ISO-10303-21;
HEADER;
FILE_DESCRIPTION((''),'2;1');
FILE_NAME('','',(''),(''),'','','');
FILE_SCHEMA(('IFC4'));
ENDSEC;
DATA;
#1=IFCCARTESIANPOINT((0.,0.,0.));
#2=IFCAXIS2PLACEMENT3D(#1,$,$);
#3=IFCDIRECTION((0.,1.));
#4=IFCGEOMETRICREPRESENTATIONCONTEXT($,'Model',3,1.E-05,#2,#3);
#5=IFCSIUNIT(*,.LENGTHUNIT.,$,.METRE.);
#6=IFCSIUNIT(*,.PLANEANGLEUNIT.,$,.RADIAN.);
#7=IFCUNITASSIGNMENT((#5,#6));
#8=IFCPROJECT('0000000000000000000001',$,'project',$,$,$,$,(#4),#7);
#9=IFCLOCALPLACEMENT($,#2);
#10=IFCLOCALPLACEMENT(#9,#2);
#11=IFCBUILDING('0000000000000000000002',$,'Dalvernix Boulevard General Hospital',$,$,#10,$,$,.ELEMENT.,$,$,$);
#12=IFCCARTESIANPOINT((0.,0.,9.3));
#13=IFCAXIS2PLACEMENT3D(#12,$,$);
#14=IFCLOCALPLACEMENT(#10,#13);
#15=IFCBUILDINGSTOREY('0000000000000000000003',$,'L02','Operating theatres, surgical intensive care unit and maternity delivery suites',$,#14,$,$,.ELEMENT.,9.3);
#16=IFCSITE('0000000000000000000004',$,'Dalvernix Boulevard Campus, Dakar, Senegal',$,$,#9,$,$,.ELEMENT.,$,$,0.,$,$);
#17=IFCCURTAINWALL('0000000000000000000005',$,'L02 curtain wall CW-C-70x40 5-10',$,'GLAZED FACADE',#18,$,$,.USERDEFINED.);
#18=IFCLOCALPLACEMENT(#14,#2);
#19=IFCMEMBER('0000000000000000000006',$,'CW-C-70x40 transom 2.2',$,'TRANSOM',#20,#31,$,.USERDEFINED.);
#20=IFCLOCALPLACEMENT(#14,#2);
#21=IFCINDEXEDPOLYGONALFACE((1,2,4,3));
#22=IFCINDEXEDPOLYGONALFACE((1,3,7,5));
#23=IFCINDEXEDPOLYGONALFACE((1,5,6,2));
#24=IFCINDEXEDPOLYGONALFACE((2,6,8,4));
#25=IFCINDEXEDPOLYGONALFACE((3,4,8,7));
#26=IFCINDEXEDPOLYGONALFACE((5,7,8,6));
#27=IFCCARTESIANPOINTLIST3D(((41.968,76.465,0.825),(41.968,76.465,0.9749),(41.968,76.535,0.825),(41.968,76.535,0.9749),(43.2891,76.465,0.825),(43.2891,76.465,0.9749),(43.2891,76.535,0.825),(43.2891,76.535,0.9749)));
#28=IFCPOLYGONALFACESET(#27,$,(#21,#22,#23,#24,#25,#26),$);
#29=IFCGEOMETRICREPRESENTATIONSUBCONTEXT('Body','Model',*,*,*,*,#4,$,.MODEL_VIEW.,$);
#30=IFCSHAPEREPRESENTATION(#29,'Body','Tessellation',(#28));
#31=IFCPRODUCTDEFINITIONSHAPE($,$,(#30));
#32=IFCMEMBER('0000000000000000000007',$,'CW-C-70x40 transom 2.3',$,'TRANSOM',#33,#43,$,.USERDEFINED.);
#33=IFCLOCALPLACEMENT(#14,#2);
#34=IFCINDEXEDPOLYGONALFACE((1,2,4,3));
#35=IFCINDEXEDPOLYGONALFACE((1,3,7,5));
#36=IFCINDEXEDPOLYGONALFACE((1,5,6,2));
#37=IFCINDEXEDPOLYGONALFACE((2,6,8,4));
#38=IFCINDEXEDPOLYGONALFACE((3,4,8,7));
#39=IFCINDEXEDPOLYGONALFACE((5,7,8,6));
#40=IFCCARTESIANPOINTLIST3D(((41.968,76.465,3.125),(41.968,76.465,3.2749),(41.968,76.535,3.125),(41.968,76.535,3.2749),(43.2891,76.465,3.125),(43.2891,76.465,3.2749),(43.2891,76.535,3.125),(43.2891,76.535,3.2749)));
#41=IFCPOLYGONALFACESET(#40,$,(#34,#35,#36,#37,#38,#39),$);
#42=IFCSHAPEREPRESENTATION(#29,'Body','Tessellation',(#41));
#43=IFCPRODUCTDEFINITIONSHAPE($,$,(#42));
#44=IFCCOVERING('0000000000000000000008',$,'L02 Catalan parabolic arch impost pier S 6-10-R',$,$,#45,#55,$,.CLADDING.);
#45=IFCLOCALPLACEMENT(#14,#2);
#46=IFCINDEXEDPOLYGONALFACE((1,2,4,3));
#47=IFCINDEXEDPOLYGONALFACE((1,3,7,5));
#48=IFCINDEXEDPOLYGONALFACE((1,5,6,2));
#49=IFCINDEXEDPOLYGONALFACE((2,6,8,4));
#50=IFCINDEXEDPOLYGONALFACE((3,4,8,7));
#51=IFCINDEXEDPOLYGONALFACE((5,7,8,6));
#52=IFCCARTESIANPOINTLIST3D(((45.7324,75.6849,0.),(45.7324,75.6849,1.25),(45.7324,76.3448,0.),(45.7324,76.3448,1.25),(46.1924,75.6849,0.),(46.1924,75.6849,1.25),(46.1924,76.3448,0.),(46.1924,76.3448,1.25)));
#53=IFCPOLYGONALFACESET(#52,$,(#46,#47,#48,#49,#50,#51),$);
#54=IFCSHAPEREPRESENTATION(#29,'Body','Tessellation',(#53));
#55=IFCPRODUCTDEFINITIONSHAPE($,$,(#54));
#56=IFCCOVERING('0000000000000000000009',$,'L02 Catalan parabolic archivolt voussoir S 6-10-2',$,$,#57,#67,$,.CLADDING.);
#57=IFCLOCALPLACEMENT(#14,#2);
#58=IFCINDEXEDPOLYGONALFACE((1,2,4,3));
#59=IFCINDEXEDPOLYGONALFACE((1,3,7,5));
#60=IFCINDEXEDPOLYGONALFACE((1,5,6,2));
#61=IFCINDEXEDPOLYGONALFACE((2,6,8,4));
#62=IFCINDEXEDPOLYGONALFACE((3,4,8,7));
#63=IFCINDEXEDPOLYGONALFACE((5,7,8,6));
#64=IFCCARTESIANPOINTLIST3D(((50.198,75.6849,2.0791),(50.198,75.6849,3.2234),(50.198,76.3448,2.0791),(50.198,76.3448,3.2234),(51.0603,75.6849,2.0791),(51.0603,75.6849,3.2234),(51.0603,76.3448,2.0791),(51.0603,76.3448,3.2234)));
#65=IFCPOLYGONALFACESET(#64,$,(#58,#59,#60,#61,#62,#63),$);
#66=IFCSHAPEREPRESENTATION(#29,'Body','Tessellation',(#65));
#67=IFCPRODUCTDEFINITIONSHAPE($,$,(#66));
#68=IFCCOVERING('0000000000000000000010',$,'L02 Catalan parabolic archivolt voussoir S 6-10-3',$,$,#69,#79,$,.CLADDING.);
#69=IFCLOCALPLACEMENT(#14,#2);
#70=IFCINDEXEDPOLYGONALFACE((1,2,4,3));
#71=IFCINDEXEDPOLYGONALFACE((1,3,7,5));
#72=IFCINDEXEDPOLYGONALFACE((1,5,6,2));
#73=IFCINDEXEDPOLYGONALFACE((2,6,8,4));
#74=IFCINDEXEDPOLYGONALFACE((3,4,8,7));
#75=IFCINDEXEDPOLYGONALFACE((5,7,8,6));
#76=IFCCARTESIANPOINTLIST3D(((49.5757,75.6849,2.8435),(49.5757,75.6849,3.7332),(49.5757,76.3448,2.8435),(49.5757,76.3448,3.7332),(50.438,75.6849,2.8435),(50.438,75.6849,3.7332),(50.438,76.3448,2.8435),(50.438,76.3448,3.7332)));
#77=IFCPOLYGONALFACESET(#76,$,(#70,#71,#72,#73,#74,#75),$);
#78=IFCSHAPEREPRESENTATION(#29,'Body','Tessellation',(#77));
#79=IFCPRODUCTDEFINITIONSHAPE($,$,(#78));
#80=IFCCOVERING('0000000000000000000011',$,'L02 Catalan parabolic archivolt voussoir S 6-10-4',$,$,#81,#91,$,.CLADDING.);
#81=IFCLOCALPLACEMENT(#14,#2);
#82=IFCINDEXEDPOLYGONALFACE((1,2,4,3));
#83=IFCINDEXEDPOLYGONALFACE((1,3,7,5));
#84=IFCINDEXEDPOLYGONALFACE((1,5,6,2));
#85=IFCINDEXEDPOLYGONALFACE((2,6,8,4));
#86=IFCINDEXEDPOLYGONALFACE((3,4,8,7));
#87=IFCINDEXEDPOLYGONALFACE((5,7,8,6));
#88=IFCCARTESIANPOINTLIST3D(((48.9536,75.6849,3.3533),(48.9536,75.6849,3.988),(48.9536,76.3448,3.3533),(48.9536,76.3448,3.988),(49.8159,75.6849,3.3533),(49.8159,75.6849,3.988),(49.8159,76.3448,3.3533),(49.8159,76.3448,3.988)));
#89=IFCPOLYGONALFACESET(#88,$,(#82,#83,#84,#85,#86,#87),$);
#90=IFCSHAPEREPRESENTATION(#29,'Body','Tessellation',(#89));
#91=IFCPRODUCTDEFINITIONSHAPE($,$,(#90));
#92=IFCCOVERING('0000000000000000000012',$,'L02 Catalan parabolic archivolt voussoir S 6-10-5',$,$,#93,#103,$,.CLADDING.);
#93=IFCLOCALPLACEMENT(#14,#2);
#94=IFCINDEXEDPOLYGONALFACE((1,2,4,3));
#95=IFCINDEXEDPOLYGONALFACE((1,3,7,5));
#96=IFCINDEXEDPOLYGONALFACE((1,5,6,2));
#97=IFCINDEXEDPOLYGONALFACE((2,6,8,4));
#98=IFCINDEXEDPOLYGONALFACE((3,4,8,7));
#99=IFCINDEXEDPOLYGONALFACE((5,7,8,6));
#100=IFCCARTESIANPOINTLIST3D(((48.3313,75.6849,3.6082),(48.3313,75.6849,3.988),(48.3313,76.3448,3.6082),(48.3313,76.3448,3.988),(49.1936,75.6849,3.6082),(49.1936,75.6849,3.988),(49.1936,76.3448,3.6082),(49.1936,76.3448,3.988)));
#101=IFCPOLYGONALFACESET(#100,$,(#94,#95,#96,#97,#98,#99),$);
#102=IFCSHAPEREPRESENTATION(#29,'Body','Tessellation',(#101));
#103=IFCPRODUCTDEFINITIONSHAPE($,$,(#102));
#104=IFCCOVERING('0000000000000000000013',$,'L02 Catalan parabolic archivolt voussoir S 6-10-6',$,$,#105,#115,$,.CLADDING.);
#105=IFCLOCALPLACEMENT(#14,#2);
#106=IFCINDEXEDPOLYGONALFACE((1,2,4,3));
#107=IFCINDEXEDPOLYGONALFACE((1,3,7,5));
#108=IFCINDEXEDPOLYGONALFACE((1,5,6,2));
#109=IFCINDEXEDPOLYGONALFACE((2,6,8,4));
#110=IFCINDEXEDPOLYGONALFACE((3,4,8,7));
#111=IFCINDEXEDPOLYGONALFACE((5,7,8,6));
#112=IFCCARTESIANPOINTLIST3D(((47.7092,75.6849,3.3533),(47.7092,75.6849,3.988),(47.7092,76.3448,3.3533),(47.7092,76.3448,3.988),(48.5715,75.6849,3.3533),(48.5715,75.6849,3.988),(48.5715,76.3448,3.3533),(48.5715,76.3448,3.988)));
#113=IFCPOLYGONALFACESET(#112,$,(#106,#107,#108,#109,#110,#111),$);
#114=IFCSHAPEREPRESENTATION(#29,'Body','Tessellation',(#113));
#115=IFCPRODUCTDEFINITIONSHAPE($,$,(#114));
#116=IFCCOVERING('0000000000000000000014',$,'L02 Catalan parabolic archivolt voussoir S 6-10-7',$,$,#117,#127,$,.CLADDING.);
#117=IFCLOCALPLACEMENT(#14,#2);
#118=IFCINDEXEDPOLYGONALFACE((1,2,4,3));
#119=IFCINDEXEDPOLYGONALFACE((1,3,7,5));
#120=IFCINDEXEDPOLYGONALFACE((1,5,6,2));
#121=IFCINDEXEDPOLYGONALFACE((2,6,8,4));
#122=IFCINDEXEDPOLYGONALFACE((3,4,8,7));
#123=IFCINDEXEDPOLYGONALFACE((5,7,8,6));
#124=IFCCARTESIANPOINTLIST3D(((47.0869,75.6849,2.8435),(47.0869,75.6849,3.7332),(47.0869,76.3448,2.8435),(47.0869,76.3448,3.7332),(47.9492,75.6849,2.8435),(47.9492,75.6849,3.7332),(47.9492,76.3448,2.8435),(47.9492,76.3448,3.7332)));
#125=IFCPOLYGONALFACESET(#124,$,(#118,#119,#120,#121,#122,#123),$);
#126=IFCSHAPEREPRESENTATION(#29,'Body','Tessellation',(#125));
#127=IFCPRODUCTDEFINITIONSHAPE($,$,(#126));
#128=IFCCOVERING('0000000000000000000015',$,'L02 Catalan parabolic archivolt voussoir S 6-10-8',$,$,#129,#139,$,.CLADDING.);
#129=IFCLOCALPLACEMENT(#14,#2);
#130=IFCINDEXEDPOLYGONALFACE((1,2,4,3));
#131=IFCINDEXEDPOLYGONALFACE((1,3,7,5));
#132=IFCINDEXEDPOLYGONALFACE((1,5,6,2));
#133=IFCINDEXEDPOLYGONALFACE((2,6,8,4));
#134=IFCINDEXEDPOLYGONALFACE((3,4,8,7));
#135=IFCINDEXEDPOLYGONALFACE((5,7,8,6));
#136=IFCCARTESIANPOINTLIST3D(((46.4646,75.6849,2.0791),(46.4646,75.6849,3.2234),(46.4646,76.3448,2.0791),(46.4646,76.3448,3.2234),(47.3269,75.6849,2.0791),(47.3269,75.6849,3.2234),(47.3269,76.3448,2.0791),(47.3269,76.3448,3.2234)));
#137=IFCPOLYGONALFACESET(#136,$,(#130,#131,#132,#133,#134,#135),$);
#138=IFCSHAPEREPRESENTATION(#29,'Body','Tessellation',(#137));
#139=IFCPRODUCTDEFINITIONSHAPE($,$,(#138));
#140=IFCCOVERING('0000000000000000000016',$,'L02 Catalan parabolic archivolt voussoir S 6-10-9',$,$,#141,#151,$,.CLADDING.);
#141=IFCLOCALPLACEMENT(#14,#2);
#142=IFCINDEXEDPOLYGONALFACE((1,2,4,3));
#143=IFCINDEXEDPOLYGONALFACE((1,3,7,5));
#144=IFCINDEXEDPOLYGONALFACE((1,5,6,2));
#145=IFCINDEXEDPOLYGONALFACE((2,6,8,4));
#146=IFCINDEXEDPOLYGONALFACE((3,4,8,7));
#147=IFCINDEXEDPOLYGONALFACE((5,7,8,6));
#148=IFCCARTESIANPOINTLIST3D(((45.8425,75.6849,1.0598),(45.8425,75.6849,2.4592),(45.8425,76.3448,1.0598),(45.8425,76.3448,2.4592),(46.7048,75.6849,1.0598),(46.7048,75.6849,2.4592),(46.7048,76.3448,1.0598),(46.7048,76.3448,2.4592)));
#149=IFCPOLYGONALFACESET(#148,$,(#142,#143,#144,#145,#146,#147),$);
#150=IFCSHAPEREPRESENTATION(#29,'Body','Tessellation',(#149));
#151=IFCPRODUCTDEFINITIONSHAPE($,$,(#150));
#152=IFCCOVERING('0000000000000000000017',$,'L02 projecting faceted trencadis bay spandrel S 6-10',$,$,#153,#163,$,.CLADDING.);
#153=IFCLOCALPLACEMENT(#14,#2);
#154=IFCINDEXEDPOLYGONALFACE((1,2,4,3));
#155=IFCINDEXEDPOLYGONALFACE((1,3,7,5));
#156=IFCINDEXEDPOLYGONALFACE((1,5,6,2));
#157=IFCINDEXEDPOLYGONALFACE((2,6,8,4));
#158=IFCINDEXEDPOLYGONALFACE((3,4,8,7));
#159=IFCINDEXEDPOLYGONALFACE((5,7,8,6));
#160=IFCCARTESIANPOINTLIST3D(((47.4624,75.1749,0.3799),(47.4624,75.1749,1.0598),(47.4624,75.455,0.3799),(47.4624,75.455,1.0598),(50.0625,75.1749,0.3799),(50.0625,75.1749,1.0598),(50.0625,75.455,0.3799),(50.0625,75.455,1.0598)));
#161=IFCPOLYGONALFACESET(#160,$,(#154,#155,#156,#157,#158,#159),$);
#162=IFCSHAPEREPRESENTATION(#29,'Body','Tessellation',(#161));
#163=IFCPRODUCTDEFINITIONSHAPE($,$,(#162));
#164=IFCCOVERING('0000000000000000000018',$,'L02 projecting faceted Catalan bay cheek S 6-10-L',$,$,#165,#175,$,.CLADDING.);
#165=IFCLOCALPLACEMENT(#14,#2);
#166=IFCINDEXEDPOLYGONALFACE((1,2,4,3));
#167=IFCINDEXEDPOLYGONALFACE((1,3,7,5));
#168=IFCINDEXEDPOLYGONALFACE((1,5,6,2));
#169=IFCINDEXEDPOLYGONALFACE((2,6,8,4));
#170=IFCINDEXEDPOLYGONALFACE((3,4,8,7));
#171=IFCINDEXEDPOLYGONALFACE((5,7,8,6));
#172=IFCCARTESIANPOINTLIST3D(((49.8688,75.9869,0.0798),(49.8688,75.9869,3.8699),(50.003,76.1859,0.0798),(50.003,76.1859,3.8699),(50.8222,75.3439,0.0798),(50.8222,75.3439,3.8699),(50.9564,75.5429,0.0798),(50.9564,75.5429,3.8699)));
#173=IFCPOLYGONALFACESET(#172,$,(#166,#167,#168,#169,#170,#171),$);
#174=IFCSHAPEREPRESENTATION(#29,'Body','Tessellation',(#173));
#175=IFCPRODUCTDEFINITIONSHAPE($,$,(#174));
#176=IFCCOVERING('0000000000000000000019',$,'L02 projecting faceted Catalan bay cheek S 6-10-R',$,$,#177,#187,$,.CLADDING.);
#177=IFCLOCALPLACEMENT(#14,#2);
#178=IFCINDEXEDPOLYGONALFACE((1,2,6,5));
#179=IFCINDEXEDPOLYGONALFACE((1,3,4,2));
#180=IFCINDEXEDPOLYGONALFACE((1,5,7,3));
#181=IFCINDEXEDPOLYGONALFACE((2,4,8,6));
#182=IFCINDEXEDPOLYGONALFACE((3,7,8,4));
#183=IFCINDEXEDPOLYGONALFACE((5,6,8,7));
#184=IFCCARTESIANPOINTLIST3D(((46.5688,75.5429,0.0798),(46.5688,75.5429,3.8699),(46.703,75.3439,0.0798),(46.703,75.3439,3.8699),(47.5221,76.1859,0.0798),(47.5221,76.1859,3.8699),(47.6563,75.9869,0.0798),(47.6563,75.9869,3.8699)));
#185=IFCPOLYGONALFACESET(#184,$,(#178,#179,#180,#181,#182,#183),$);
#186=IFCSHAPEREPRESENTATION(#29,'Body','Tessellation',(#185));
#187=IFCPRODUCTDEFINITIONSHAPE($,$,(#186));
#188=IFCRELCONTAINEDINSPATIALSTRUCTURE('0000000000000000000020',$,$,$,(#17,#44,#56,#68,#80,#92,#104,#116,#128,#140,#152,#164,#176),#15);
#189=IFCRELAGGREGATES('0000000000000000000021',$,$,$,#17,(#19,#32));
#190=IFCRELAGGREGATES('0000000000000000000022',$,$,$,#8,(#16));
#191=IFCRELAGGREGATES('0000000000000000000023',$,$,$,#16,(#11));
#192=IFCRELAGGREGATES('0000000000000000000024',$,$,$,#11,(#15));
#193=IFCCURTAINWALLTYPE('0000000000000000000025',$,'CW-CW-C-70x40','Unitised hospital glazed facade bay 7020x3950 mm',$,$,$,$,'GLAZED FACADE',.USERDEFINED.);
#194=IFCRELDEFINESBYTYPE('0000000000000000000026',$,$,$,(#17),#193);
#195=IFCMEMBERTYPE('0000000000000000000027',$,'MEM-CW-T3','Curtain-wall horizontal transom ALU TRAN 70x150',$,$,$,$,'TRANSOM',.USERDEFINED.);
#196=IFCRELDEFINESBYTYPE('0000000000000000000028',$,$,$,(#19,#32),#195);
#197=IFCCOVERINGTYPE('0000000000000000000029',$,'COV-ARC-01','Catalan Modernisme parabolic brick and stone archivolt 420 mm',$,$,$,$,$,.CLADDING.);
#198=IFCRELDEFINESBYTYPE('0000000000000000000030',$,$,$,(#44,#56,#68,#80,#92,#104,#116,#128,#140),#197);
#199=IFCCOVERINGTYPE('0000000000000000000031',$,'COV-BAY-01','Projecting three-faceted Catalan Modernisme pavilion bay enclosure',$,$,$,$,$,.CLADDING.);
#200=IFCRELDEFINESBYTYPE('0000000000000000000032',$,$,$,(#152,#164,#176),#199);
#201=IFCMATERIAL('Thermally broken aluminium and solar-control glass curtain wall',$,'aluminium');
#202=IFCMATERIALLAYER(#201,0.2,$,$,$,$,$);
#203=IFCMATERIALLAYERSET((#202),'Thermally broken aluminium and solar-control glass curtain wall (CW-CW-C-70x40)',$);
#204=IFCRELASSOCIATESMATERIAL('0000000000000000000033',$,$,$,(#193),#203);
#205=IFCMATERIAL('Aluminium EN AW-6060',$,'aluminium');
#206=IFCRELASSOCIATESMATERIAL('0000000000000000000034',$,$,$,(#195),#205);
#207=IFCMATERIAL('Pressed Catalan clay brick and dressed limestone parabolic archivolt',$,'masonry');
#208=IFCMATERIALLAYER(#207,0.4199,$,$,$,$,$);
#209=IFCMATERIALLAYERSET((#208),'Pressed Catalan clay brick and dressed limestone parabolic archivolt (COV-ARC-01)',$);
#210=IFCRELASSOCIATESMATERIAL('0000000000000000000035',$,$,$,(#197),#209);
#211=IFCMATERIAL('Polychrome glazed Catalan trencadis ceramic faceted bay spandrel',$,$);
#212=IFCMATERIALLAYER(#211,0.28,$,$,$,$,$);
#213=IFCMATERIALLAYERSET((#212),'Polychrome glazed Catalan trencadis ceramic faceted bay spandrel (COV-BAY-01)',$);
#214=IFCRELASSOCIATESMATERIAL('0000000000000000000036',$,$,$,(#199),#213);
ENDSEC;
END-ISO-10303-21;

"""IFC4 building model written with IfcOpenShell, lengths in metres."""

from ifc_helpers import new_model, si_unit, direction, frame, origin, origin_2d, place, context, subcontext, project, spatial, rectangle, extrude, material, layer, layer_set, material_profile, profile_set, type_object, element, aggregate, save


model = new_model("IFC4")

# Units and contexts
model_context = context("Model", 3, precision=1e-05, world=origin(), true_north=direction((0.0, 1.0)))
body_context = subcontext(model_context, "Body", "Model", "MODEL_VIEW")
ifc_project = project(units=[si_unit("LENGTHUNIT", "METRE"), si_unit("PLANEANGLEUNIT", "RADIAN")], contexts=[model_context])

# Site, building, storey
site_placement = place(None, origin())
site = spatial("IfcSite", under=ifc_project, at=site_placement, Name="Dalvernix Boulevard Campus, Dakar, Senegal", CompositionType="ELEMENT", RefElevation=0.0)
building_placement = place(site_placement, origin())
building = spatial("IfcBuilding", under=site, at=building_placement, Name="Dalvernix Boulevard General Hospital", CompositionType="ELEMENT")
storey_placement = place(building_placement, frame((0.0, 0.0, 9.3)))
storey = spatial("IfcBuildingStorey", under=building, at=storey_placement, Name="L02", Description="Operating theatres, surgical intensive care unit and maternity delivery suites", CompositionType="ELEMENT", Elevation=9.3)

# Curtain wall, members
ifc_material_1 = material(Name="Thermally broken aluminium and solar-control glass curtain wall", Category="aluminium")
ifc_layer_1 = layer(ifc_material_1, 0.2)
ifc_layer_set_1 = layer_set([ifc_layer_1], Name="Thermally broken aluminium and solar-control glass curtain wall (CW-CW-C-70x40)")
curtain_wall_type = type_object("IfcCurtainWallType", Name="CW-CW-C-70x40", Description="Unitised hospital glazed facade bay 7020x3950 mm", ElementType="GLAZED FACADE", PredefinedType="USERDEFINED", material=ifc_layer_set_1)
curtain_wall_placement = place(storey_placement, origin())
curtain_wall = element("IfcCurtainWall", 1, at=curtain_wall_placement, inside=storey, type_object=curtain_wall_type, Name="L02 curtain wall CW-C-70x40 5-10", ObjectType="GLAZED FACADE", PredefinedType="USERDEFINED")
ifc_material_2 = material(Name="Aluminium EN AW-6060", Category="aluminium")
ifc_material_profile = material_profile(ifc_material_2, rectangle(XDim=0.0701, YDim=0.1499, at=origin_2d()), Name="ALU TRAN 70x150")
ifc_profile_set = profile_set([ifc_material_profile], Name="Aluminium EN AW-6060")
member_type = type_object("IfcMemberType", Name="MEM-CW-T3", Description="Curtain-wall horizontal transom ALU TRAN 70x150", ElementType="TRANSOM", PredefinedType="USERDEFINED", material=ifc_profile_set)
member_1_placement = place(storey_placement, frame((43.2891, 76.5, 0.8999), z_axis=(-1.0, 0.0, 0.0), x_axis=(0.0, -1.0, 0.0)))
member_1 = element("IfcMember", 2, at=member_1_placement, type_object=member_type, Name="CW-C-70x40 transom 2.2", ObjectType="TRANSOM", PredefinedType="USERDEFINED", context=body_context, shape_type="SweptSolid", body=[
    extrude(rectangle(XDim=0.0701, YDim=0.1499, at=origin_2d()), origin(), (0.0, 0.0, 1.0), 1.321),
])
member_2_placement = place(storey_placement, frame((43.2891, 76.5, 3.2), z_axis=(-1.0, 0.0, 0.0), x_axis=(0.0, -1.0, 0.0)))
member_2 = element("IfcMember", 3, at=member_2_placement, type_object=member_type, Name="CW-C-70x40 transom 2.3", ObjectType="TRANSOM", PredefinedType="USERDEFINED", context=body_context, shape_type="SweptSolid", body=[
    extrude(rectangle(XDim=0.0701, YDim=0.1499, at=origin_2d()), origin(), (0.0, 0.0, 1.0), 1.321),
])
aggregate(curtain_wall, [member_1, member_2])

# Coverings
ifc_material_3 = material(Name="Pressed Catalan clay brick and dressed limestone parabolic archivolt", Category="masonry")
ifc_layer_2 = layer(ifc_material_3, 0.4199)
ifc_layer_set_2 = layer_set([ifc_layer_2], Name="Pressed Catalan clay brick and dressed limestone parabolic archivolt (COV-ARC-01)")
covering_type_1 = type_object("IfcCoveringType", Name="COV-ARC-01", Description="Catalan Modernisme parabolic brick and stone archivolt 420 mm", PredefinedType="CLADDING", material=ifc_layer_set_2)
covering_1_placement = place(storey_placement, frame((45.9624, 76.0149, 0.0), z_axis=(0.0, 0.0, 1.0), x_axis=(-1.0, 0.0, 0.0)))
element("IfcCovering", 4, at=covering_1_placement, inside=storey, type_object=covering_type_1, Name="L02 Catalan parabolic arch impost pier S 6-10-R", PredefinedType="CLADDING", context=body_context, shape_type="SweptSolid", body=[
    extrude(rectangle(XDim=0.46, YDim=0.6599, at=origin_2d()), origin(), (0.0, 0.0, 1.0), 1.25),
])
covering_2_placement = place(storey_placement, frame((50.6292, 76.0149, 2.0791), z_axis=(0.0, 0.0, 1.0), x_axis=(-1.0, 0.0, 0.0)))
element("IfcCovering", 5, at=covering_2_placement, inside=storey, type_object=covering_type_1, Name="L02 Catalan parabolic archivolt voussoir S 6-10-2", PredefinedType="CLADDING", context=body_context, shape_type="SweptSolid", body=[
    extrude(rectangle(XDim=0.8623, YDim=0.6599, at=origin_2d()), origin(), (0.0, 0.0, 1.0), 1.1443),
])
covering_3_placement = place(storey_placement, frame((50.0068, 76.0149, 2.8435), z_axis=(0.0, 0.0, 1.0), x_axis=(-1.0, 0.0, 0.0)))
element("IfcCovering", 6, at=covering_3_placement, inside=storey, type_object=covering_type_1, Name="L02 Catalan parabolic archivolt voussoir S 6-10-3", PredefinedType="CLADDING", context=body_context, shape_type="SweptSolid", body=[
    extrude(rectangle(XDim=0.8623, YDim=0.6599, at=origin_2d()), origin(), (0.0, 0.0, 1.0), 0.8896),
])
covering_4_placement = place(storey_placement, frame((49.3848, 76.0149, 3.3533), z_axis=(0.0, 0.0, 1.0), x_axis=(-1.0, 0.0, 0.0)))
element("IfcCovering", 7, at=covering_4_placement, inside=storey, type_object=covering_type_1, Name="L02 Catalan parabolic archivolt voussoir S 6-10-4", PredefinedType="CLADDING", context=body_context, shape_type="SweptSolid", body=[
    extrude(rectangle(XDim=0.8623, YDim=0.6599, at=origin_2d()), origin(), (0.0, 0.0, 1.0), 0.6348),
])
covering_5_placement = place(storey_placement, frame((48.7625, 76.0149, 3.6082), z_axis=(0.0, 0.0, 1.0), x_axis=(-1.0, 0.0, 0.0)))
element("IfcCovering", 8, at=covering_5_placement, inside=storey, type_object=covering_type_1, Name="L02 Catalan parabolic archivolt voussoir S 6-10-5", PredefinedType="CLADDING", context=body_context, shape_type="SweptSolid", body=[
    extrude(rectangle(XDim=0.8623, YDim=0.6599, at=origin_2d()), origin(), (0.0, 0.0, 1.0), 0.3799),
])
covering_6_placement = place(storey_placement, frame((48.1404, 76.0149, 3.3533), z_axis=(0.0, 0.0, 1.0), x_axis=(-1.0, 0.0, 0.0)))
element("IfcCovering", 9, at=covering_6_placement, inside=storey, type_object=covering_type_1, Name="L02 Catalan parabolic archivolt voussoir S 6-10-6", PredefinedType="CLADDING", context=body_context, shape_type="SweptSolid", body=[
    extrude(rectangle(XDim=0.8623, YDim=0.6599, at=origin_2d()), origin(), (0.0, 0.0, 1.0), 0.6348),
])
covering_7_placement = place(storey_placement, frame((47.5181, 76.0149, 2.8435), z_axis=(0.0, 0.0, 1.0), x_axis=(-1.0, 0.0, 0.0)))
element("IfcCovering", 10, at=covering_7_placement, inside=storey, type_object=covering_type_1, Name="L02 Catalan parabolic archivolt voussoir S 6-10-7", PredefinedType="CLADDING", context=body_context, shape_type="SweptSolid", body=[
    extrude(rectangle(XDim=0.8623, YDim=0.6599, at=origin_2d()), origin(), (0.0, 0.0, 1.0), 0.8896),
])
covering_8_placement = place(storey_placement, frame((46.8958, 76.0149, 2.0791), z_axis=(0.0, 0.0, 1.0), x_axis=(-1.0, 0.0, 0.0)))
element("IfcCovering", 11, at=covering_8_placement, inside=storey, type_object=covering_type_1, Name="L02 Catalan parabolic archivolt voussoir S 6-10-8", PredefinedType="CLADDING", context=body_context, shape_type="SweptSolid", body=[
    extrude(rectangle(XDim=0.8623, YDim=0.6599, at=origin_2d()), origin(), (0.0, 0.0, 1.0), 1.1443),
])
covering_9_placement = place(storey_placement, frame((46.2737, 76.0149, 1.0598), z_axis=(0.0, 0.0, 1.0), x_axis=(-1.0, 0.0, 0.0)))
element("IfcCovering", 12, at=covering_9_placement, inside=storey, type_object=covering_type_1, Name="L02 Catalan parabolic archivolt voussoir S 6-10-9", PredefinedType="CLADDING", context=body_context, shape_type="SweptSolid", body=[
    extrude(rectangle(XDim=0.8623, YDim=0.6599, at=origin_2d()), origin(), (0.0, 0.0, 1.0), 1.3994),
])
ifc_material_4 = material(Name="Polychrome glazed Catalan trencadis ceramic faceted bay spandrel")
ifc_layer_3 = layer(ifc_material_4, 0.28)
ifc_layer_set_3 = layer_set([ifc_layer_3], Name="Polychrome glazed Catalan trencadis ceramic faceted bay spandrel (COV-BAY-01)")
covering_type_2 = type_object("IfcCoveringType", Name="COV-BAY-01", Description="Projecting three-faceted Catalan Modernisme pavilion bay enclosure", PredefinedType="CLADDING", material=ifc_layer_set_3)
covering_10_placement = place(storey_placement, frame((48.7625, 75.3149, 0.3799), z_axis=(0.0, 0.0, 1.0), x_axis=(-1.0, 0.0, 0.0)))
element("IfcCovering", 13, at=covering_10_placement, inside=storey, type_object=covering_type_2, Name="L02 projecting faceted trencadis bay spandrel S 6-10", PredefinedType="CLADDING", context=body_context, shape_type="SweptSolid", body=[
    extrude(rectangle(XDim=2.6001, YDim=0.28, at=origin_2d()), origin(), (0.0, 0.0, 1.0), 0.6799),
])
for number, where, z_axis, x_axis, name in (
    (14, (50.4126, 75.7649, 0.0798), (0.0, 0.0, 1.0), (-0.829038, 0.559193, 0.0), "L02 projecting faceted Catalan bay cheek S 6-10-L"),
    (15, (47.1125, 75.7649, 0.0798), (0.0, 0.0, 1.0), (-0.829038, -0.559193, 0.0), "L02 projecting faceted Catalan bay cheek S 6-10-R"),
):
    element("IfcCovering", number, at=place(storey_placement, frame(where, z_axis=z_axis, x_axis=x_axis)), inside=storey, type_object=covering_type_2, Name=name, PredefinedType="CLADDING", context=body_context, shape_type="SweptSolid", body=[
        extrude(rectangle(XDim=1.1499, YDim=0.24, at=origin_2d()), origin(), (0.0, 0.0, 1.0), 3.79),
    ])

save(model, "model.ifc")
